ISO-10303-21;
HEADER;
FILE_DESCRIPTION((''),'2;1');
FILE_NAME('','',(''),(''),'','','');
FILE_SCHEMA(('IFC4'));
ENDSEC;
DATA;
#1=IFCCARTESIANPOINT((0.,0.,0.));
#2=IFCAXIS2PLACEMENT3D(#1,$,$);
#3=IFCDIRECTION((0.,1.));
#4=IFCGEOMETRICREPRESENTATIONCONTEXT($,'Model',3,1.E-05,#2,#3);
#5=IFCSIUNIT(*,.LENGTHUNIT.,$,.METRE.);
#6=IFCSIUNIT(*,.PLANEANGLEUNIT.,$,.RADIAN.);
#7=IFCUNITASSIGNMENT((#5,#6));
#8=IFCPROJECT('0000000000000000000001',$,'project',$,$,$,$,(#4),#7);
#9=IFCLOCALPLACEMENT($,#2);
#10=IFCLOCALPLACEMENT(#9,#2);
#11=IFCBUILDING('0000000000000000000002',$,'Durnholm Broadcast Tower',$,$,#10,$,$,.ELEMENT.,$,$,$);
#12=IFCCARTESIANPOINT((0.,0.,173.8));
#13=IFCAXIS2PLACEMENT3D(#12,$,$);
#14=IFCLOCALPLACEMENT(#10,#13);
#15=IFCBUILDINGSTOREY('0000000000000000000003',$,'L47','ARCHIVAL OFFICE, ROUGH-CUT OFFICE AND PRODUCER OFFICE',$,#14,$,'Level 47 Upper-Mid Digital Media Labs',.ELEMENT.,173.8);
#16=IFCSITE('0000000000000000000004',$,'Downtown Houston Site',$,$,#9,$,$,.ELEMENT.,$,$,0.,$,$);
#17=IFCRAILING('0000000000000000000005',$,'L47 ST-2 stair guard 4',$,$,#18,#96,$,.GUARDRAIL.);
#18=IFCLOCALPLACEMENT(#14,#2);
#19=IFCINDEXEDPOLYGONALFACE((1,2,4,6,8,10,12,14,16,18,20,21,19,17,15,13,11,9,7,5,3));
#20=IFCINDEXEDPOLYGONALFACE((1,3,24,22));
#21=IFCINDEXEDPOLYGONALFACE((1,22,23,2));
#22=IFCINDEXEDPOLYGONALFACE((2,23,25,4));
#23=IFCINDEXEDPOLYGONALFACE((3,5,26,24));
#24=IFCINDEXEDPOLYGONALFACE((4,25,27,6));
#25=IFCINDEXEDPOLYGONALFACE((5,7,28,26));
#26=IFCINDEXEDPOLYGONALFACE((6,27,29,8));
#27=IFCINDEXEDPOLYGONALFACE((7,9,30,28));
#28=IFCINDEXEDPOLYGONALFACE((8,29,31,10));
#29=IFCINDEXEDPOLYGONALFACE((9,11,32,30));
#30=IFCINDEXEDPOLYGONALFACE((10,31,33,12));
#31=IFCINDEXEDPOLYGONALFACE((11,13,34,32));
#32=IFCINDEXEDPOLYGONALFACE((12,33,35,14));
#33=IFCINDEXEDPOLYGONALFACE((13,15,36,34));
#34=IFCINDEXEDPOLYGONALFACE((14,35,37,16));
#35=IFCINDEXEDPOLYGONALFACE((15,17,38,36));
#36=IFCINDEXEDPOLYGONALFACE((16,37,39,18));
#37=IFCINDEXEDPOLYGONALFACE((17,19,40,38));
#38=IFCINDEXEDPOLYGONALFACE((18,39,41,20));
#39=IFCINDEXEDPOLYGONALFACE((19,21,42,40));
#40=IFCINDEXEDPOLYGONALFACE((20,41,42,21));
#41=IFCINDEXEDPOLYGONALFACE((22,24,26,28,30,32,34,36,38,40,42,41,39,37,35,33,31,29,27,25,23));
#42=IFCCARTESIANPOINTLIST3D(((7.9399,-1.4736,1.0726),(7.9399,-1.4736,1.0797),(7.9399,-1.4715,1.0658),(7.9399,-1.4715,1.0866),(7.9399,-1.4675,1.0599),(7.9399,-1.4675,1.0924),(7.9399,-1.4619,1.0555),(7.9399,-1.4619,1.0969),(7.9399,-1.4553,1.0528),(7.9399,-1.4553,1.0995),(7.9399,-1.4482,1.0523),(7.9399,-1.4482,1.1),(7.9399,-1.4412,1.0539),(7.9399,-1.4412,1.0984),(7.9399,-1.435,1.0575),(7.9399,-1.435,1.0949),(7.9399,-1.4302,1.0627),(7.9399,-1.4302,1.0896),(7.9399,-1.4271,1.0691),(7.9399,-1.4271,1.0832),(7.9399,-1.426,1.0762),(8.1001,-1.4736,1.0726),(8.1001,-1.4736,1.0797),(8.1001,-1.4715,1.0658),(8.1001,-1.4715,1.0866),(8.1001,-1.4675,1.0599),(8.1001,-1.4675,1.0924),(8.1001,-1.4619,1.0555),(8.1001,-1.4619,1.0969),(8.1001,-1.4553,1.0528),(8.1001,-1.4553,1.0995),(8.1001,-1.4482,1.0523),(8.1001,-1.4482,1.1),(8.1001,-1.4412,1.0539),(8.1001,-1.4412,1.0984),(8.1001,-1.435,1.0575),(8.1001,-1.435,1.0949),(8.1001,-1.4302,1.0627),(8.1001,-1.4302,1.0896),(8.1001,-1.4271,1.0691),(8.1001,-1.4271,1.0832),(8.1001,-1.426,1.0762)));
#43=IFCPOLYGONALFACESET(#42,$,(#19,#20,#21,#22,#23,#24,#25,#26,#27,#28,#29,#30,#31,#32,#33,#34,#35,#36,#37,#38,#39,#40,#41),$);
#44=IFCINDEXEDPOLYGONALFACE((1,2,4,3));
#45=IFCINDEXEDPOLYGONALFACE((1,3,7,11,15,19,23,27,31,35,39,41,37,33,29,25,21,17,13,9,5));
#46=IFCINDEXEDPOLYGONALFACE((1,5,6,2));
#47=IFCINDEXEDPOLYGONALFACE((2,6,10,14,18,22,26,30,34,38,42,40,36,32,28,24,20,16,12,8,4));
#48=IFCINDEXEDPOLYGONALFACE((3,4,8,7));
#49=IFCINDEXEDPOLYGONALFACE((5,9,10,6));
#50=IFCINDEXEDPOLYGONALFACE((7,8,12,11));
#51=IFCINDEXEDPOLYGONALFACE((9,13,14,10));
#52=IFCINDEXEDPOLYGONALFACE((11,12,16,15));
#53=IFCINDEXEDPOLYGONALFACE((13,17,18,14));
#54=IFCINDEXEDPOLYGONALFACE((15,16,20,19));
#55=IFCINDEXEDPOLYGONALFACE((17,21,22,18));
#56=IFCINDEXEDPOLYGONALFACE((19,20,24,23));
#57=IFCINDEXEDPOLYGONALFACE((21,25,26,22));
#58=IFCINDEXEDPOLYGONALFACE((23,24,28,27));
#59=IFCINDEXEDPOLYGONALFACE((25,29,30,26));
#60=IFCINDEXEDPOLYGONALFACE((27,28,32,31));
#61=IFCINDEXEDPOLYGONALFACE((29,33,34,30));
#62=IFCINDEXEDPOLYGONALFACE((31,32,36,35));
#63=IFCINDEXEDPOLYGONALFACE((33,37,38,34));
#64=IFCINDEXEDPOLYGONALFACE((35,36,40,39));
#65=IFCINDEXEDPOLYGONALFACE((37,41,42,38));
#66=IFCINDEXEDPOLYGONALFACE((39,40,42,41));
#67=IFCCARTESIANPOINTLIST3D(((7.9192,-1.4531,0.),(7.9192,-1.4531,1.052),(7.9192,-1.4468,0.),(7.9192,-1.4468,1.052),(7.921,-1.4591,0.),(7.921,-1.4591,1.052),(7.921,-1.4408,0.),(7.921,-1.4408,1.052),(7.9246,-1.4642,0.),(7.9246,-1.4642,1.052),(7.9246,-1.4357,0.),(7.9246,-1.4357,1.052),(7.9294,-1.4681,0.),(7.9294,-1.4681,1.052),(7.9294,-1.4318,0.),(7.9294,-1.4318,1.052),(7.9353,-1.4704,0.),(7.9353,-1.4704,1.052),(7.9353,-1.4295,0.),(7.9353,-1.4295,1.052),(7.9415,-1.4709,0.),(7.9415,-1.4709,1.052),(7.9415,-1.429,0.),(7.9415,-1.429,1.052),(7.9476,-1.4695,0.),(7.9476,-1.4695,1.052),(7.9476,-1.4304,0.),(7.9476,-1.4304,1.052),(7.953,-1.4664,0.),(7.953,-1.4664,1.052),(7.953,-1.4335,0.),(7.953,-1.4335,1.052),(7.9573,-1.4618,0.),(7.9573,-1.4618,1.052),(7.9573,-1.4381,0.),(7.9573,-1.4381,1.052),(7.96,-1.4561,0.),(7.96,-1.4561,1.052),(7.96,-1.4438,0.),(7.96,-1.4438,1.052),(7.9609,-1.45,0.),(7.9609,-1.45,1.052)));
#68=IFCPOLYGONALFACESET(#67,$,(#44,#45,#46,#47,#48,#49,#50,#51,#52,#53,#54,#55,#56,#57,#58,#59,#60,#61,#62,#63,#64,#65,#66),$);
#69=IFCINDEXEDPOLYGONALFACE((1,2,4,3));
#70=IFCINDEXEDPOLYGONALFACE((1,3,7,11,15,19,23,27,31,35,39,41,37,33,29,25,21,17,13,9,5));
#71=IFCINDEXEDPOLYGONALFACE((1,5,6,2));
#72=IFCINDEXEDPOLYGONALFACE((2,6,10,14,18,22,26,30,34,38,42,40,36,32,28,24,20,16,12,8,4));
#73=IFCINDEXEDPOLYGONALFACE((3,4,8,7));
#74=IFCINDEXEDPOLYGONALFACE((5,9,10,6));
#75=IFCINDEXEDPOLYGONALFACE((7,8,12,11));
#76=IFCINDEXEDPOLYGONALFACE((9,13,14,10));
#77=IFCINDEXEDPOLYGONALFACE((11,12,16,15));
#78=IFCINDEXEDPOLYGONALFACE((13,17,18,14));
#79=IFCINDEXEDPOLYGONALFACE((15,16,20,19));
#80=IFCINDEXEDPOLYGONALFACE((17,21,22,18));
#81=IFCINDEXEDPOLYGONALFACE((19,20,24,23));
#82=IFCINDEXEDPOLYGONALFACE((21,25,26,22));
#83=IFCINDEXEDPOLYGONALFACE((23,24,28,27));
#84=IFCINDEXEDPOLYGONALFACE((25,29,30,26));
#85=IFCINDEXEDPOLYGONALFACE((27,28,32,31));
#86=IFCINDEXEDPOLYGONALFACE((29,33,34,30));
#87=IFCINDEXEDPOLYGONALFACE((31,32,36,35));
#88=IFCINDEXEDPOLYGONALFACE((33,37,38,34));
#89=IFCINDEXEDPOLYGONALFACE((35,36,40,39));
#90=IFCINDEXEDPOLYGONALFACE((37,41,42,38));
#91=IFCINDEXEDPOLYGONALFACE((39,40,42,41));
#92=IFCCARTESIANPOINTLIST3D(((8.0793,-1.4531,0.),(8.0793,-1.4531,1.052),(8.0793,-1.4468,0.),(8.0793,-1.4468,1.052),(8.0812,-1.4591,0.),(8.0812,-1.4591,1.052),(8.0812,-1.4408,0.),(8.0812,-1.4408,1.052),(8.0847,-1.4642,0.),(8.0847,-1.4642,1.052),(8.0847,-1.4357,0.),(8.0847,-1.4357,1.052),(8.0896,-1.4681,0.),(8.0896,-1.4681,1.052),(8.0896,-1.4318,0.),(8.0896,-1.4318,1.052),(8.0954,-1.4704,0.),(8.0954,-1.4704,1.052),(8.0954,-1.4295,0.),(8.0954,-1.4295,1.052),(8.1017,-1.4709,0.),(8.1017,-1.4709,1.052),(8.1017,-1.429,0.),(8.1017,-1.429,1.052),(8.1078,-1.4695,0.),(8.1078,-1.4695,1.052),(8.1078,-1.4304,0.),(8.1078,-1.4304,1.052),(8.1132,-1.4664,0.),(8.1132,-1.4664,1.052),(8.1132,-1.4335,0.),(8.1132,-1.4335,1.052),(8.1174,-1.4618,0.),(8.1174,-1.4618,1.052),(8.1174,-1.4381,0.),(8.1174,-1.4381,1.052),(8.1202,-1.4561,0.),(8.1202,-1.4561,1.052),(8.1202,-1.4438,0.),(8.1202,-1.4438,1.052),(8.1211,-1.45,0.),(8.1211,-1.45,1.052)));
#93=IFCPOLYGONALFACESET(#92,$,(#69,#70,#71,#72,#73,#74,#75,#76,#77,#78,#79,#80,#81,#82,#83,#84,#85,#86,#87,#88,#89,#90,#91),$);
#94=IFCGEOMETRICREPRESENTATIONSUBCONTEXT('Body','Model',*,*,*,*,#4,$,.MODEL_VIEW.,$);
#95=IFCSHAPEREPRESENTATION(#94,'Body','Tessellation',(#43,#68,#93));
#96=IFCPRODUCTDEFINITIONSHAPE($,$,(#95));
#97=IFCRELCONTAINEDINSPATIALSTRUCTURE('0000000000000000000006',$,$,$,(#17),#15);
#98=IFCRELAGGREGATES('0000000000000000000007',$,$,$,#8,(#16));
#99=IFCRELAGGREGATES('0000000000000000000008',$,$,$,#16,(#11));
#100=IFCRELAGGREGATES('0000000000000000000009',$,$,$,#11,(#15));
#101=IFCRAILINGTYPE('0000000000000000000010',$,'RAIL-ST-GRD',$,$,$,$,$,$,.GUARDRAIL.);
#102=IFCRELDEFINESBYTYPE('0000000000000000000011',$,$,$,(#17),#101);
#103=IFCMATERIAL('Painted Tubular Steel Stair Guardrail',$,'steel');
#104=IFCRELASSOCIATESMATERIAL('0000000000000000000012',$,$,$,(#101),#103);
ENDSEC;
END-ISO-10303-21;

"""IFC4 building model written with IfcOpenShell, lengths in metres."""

from ifc_helpers import new_model, si_unit, direction, frame, origin, origin_2d, place, context, subcontext, project, spatial, circle, extrude, material, type_object, element, save


model = new_model("IFC4")

# Units and contexts
model_context = context("Model", 3, precision=1e-05, world=origin(), true_north=direction((0.0, 1.0)))
body_context = subcontext(model_context, "Body", "Model", "MODEL_VIEW")
ifc_project = project(units=[si_unit("LENGTHUNIT", "METRE"), si_unit("PLANEANGLEUNIT", "RADIAN")], contexts=[model_context])

# Site, building, storey
site_placement = place(None, origin())
site = spatial("IfcSite", under=ifc_project, at=site_placement, Name="Downtown Houston Site", CompositionType="ELEMENT", RefElevation=0.0)
building_placement = place(site_placement, origin())
building = spatial("IfcBuilding", under=site, at=building_placement, Name="Durnholm Broadcast Tower", CompositionType="ELEMENT")
storey_placement = place(building_placement, frame((0.0, 0.0, 173.8)))
storey = spatial("IfcBuildingStorey", under=building, at=storey_placement, Name="L47", Description="ARCHIVAL OFFICE, ROUGH-CUT OFFICE AND PRODUCER OFFICE", LongName="Level 47 Upper-Mid Digital Media Labs", CompositionType="ELEMENT", Elevation=173.8)

# Railing
ifc_material_1 = material(Name="Painted Tubular Steel Stair Guardrail", Category="steel")
railing_type = type_object("IfcRailingType", Name="RAIL-ST-GRD", PredefinedType="GUARDRAIL", material=ifc_material_1)
railing_1_placement = place(storey_placement, frame((7.9399, -1.45, 0.0)))
element("IfcRailing", 1, at=railing_1_placement, inside=storey, type_object=railing_type, Name="L47 ST-2 stair guard 4", PredefinedType="GUARDRAIL", context=body_context, shape_type="SweptSolid", body=[
    extrude(circle(Radius=0.0239, at=origin_2d()), frame((0.0, 0.0, 1.0762), z_axis=(1.0, 0.0, 0.0), x_axis=(0.0, 1.0, 0.0)), (0.0, 0.0, 1.0), 0.1602),
    extrude(circle(Radius=0.021, at=origin_2d()), origin(), (0.0, 0.0, 1.0), 1.052),
    extrude(circle(Radius=0.021, at=origin_2d()), frame((0.1602, 0.0, 0.0)), (0.0, 0.0, 1.0), 1.052),
])

save(model, "model.ifc")
